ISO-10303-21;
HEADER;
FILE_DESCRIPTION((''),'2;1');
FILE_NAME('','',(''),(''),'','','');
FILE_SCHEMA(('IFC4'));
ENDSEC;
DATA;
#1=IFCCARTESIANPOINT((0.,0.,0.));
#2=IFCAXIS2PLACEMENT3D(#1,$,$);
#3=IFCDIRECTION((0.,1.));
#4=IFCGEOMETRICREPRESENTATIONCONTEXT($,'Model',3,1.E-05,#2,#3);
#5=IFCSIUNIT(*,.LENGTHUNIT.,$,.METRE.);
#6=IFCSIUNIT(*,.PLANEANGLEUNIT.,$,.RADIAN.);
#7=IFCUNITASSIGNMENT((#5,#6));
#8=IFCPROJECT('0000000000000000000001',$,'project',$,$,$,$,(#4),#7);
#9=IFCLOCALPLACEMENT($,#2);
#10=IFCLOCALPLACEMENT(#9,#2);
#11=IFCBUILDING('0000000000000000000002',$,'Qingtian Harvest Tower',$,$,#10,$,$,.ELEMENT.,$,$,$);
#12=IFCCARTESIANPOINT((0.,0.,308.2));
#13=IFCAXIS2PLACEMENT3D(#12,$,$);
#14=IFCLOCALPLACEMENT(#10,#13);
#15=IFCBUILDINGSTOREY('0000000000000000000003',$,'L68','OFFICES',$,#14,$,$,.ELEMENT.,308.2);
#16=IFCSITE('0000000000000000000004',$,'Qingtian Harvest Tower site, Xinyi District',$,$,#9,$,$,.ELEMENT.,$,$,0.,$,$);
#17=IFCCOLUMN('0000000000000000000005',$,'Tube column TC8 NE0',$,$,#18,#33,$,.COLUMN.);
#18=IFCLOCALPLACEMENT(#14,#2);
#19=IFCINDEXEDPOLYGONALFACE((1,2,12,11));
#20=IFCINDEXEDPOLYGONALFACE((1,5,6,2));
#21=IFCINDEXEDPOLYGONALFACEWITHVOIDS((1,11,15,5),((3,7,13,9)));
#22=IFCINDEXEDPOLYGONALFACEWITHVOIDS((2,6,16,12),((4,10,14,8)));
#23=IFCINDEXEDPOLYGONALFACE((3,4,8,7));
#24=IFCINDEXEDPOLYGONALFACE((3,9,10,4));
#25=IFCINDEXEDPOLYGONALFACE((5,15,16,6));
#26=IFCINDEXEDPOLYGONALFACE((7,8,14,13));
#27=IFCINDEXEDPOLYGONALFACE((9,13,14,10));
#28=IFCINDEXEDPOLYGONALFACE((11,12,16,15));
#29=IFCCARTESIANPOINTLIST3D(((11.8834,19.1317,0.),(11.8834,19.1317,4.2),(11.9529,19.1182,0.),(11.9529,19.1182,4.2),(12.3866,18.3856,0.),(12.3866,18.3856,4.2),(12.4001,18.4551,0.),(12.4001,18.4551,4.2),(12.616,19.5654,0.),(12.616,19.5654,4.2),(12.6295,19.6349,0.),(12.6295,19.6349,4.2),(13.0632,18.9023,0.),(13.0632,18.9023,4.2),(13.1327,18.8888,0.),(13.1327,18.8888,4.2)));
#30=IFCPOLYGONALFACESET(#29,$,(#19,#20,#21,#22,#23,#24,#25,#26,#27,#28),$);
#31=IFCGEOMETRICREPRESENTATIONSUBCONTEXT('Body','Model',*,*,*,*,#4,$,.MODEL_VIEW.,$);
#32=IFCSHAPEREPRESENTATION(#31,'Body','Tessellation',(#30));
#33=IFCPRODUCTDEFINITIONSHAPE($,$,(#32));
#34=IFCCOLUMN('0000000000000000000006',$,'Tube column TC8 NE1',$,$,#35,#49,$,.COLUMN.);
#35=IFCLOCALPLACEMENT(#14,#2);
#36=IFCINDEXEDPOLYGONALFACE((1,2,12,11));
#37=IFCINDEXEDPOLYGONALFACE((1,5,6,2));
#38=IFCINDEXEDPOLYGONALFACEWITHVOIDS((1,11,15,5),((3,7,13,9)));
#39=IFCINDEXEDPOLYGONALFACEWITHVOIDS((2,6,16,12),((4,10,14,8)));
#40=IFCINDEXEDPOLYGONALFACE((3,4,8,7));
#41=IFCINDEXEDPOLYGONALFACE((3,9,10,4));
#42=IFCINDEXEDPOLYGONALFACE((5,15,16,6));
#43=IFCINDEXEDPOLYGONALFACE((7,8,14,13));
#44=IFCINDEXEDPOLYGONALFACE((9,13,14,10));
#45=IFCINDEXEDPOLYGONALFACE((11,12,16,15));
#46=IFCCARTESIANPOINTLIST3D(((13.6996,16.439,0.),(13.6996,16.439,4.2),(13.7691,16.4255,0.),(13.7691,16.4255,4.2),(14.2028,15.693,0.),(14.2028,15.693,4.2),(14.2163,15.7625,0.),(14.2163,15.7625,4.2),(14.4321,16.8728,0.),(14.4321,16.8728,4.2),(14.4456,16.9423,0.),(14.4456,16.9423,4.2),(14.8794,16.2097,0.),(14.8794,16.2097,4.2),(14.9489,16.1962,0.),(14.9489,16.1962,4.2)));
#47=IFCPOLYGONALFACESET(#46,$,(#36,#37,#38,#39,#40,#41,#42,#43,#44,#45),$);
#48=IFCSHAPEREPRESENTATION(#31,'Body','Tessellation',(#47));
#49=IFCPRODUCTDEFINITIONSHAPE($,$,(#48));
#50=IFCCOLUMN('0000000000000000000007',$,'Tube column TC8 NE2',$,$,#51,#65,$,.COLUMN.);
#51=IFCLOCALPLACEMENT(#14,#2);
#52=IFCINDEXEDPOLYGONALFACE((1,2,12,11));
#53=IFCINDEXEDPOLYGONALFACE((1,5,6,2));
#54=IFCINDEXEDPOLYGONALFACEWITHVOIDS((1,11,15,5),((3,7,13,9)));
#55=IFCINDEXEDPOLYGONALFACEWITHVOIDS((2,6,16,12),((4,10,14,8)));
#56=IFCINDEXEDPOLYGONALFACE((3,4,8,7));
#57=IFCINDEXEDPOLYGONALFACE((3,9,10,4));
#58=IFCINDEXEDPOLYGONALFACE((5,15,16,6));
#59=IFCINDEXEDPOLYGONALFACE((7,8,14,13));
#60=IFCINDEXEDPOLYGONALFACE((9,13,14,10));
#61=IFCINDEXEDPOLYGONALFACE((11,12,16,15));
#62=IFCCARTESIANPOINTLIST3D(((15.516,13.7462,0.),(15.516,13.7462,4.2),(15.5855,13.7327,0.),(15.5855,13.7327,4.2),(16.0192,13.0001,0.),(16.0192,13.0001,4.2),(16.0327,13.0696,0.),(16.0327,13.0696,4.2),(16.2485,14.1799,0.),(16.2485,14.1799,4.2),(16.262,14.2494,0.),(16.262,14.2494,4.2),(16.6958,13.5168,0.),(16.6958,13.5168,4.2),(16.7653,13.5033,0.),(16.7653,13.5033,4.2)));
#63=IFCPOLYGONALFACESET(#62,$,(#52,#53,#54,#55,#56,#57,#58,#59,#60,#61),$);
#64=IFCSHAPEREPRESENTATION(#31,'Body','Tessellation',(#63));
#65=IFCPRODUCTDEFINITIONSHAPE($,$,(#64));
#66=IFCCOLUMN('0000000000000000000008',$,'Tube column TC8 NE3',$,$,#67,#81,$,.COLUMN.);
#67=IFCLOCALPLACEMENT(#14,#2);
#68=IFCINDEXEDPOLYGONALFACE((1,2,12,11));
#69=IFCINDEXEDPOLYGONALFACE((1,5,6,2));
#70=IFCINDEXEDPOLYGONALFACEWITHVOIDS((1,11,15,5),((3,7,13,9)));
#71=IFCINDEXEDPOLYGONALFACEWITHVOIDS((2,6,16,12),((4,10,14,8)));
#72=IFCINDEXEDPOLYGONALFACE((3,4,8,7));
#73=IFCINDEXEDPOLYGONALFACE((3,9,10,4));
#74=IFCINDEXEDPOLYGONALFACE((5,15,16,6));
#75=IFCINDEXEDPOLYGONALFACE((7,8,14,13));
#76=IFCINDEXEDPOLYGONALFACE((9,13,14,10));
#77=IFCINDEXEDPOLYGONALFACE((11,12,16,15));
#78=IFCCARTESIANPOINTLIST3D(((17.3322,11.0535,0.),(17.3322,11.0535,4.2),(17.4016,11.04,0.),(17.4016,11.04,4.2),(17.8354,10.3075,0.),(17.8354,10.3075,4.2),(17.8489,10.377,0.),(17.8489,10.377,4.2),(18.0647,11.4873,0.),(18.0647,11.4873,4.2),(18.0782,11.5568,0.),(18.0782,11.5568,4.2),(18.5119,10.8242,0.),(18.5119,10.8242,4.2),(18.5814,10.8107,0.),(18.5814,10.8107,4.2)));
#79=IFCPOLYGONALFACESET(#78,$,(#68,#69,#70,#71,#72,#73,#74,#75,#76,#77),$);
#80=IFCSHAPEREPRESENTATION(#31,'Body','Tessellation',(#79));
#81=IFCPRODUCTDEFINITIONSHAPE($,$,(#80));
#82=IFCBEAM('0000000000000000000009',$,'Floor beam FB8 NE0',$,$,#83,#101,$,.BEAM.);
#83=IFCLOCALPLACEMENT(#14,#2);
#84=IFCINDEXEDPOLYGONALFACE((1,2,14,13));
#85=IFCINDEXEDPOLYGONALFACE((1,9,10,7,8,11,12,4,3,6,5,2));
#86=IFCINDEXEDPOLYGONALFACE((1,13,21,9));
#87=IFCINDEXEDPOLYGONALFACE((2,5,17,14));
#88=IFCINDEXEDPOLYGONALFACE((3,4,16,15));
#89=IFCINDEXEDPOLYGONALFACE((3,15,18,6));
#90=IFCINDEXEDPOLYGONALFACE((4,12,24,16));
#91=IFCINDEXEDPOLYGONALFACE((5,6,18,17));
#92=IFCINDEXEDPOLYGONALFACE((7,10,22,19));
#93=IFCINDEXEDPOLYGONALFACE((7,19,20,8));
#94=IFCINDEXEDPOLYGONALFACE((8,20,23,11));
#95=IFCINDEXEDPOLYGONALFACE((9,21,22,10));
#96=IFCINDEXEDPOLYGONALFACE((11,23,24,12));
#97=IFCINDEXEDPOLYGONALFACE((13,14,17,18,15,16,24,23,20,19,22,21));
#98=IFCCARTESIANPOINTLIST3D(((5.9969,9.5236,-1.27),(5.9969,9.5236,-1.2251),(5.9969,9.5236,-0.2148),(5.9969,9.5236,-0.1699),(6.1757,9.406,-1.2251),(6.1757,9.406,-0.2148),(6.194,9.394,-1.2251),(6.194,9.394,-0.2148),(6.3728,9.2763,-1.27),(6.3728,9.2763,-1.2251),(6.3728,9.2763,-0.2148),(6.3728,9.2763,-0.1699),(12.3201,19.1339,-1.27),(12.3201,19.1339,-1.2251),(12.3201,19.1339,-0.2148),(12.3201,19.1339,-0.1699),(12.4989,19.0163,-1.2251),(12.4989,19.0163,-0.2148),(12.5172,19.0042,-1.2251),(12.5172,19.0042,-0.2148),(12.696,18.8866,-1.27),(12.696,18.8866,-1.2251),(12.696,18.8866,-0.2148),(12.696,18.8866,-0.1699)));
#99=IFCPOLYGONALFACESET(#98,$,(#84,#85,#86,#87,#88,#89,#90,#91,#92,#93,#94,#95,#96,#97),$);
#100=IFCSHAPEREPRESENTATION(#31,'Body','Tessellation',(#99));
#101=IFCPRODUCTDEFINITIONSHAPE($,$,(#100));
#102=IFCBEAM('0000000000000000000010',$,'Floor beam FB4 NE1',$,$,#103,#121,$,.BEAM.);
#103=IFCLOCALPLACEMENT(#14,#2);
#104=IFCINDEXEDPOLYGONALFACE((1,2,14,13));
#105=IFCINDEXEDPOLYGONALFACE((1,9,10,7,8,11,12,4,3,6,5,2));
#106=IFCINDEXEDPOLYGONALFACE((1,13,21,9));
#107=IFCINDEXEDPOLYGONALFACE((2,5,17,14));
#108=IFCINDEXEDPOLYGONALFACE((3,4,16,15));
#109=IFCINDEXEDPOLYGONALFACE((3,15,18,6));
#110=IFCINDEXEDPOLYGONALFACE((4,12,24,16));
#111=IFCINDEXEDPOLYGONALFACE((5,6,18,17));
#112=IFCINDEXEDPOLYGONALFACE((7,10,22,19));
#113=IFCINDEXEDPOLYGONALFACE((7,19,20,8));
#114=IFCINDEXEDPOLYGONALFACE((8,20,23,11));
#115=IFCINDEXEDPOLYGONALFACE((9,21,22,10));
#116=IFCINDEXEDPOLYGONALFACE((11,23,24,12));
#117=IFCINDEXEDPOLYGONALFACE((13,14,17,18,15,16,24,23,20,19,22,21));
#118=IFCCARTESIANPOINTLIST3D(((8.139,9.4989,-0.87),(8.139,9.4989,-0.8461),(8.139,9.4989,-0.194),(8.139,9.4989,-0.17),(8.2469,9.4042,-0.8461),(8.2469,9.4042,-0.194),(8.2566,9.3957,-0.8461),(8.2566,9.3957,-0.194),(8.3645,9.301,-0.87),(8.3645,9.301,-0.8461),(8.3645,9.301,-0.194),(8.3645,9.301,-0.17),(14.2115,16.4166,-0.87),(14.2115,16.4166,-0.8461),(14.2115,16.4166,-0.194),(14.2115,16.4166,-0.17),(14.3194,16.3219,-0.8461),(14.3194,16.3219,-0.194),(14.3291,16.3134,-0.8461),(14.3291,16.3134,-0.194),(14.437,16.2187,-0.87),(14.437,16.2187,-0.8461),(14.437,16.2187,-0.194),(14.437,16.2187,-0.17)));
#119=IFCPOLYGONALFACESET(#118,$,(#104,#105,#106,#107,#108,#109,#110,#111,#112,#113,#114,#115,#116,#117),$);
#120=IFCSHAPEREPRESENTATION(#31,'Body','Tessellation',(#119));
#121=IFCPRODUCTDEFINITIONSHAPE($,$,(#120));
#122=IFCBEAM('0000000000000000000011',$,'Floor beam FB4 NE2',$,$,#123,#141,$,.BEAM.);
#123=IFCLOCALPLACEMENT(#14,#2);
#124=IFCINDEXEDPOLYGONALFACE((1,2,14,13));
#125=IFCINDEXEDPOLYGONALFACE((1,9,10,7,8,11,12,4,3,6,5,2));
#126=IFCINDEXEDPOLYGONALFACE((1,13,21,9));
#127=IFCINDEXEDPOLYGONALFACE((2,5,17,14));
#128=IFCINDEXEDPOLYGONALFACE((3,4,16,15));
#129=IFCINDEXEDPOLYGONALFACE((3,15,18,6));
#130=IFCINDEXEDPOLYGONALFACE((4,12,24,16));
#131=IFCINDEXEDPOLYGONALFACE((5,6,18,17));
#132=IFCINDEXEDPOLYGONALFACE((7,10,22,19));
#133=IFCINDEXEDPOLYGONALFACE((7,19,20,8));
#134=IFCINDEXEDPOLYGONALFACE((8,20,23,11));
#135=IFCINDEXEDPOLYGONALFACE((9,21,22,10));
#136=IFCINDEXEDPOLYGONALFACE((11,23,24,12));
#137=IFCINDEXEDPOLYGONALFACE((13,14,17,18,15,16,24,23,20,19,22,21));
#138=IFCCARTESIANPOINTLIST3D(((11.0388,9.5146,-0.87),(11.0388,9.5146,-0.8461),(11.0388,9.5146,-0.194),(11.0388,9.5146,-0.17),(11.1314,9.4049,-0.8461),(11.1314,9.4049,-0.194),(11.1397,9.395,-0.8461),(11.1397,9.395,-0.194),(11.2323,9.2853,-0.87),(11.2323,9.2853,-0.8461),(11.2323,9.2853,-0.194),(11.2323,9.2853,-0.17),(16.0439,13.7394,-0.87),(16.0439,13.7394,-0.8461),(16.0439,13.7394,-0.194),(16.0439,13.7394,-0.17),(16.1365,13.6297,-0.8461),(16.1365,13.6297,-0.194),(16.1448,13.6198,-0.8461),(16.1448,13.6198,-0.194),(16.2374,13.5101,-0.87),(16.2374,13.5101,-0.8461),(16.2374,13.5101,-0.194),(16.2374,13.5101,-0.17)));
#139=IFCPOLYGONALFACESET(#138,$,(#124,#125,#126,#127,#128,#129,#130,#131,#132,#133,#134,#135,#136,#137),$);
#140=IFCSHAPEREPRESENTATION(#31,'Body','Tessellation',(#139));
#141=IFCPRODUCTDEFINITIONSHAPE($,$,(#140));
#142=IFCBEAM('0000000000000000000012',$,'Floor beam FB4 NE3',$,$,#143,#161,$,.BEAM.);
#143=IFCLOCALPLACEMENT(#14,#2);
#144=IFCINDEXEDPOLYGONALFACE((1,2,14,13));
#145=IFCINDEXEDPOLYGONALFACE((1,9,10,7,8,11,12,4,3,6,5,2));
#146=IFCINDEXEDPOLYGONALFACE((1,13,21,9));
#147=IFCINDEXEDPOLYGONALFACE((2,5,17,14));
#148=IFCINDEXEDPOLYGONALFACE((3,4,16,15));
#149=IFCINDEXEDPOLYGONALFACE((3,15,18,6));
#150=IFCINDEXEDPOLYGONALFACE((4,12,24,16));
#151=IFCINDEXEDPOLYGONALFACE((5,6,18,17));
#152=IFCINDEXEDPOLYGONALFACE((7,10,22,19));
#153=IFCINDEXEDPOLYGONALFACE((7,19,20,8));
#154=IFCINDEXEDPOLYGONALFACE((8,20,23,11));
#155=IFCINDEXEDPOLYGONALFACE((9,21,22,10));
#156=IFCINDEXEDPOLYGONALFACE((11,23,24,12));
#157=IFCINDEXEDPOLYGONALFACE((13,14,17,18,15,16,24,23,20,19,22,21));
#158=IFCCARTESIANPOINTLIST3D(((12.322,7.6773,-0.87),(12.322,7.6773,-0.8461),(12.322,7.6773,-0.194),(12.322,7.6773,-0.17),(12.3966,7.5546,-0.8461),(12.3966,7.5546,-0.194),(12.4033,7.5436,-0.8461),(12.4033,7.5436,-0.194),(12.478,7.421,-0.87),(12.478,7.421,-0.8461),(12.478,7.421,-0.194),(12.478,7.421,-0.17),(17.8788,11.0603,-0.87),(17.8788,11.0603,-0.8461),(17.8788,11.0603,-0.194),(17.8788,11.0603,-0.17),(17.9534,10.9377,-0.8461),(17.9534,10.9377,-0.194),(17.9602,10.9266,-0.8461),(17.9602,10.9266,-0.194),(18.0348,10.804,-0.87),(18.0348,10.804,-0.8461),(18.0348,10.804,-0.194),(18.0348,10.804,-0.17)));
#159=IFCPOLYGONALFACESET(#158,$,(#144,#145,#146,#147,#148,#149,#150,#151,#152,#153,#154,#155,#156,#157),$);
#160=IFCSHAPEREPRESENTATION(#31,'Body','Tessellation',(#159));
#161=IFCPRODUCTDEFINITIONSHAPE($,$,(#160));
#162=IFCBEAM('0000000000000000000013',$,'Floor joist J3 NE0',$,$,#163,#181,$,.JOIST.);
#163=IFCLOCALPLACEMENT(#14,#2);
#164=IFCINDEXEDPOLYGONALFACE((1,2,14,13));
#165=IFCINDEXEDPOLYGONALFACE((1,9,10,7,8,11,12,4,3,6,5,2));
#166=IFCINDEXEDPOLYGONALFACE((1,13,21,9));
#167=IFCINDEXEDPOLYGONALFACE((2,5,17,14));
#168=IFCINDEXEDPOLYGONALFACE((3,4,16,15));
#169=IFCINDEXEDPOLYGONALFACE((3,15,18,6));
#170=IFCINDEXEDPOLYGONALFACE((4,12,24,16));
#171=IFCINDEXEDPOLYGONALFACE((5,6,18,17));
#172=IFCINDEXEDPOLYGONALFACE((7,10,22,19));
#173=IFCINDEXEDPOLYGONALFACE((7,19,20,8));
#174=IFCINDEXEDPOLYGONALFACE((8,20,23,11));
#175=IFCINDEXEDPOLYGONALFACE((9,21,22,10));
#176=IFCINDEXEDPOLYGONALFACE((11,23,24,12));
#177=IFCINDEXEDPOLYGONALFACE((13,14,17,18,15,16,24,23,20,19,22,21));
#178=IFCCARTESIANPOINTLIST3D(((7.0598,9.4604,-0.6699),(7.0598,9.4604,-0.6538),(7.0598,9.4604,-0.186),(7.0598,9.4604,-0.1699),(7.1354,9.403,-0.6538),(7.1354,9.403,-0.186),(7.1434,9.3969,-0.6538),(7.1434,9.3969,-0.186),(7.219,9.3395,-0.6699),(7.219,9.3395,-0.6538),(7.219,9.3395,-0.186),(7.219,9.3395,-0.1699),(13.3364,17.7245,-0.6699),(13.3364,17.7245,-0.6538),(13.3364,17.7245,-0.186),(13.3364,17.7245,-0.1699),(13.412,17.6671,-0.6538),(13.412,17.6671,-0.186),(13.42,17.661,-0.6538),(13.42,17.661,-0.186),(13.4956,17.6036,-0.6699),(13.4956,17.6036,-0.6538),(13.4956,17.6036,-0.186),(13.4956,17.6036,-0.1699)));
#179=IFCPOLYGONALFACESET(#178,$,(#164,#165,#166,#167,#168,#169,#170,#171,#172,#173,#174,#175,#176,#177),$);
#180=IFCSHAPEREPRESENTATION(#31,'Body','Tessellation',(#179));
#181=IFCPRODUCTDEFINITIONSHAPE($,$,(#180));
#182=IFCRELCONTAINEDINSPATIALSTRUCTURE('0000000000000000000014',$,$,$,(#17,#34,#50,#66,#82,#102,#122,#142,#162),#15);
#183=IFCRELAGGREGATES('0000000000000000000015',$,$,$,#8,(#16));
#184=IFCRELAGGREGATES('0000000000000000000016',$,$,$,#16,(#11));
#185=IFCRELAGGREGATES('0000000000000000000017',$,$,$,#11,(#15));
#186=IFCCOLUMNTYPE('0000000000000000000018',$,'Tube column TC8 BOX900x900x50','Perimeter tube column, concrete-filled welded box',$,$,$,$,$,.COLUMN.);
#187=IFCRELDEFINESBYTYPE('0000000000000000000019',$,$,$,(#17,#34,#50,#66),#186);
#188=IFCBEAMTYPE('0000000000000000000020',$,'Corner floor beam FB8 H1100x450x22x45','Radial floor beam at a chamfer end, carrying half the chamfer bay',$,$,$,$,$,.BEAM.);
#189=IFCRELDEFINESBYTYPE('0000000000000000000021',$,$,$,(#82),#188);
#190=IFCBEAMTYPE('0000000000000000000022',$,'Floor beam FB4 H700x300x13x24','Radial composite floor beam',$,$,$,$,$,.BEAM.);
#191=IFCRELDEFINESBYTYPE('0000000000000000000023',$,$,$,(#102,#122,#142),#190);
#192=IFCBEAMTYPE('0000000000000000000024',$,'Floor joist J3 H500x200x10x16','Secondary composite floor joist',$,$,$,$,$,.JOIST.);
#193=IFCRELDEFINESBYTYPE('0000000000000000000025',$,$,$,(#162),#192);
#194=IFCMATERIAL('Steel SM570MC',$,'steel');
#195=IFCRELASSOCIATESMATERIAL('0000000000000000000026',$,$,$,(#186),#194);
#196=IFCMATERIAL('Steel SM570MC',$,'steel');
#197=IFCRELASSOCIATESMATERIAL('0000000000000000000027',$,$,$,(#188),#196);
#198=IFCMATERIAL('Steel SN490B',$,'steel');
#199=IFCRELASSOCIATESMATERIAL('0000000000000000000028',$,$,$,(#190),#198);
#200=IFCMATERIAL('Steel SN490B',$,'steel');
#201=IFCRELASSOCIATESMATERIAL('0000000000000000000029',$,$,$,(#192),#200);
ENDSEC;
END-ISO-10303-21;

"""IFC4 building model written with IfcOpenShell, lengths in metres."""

from ifc_helpers import new_model, si_unit, direction, frame, origin, origin_2d, place, context, subcontext, project, spatial, hollow_rectangle, i_section, extrude, material, material_profile, profile_set, type_object, element, save


model = new_model("IFC4")

# Units and contexts
model_context = context("Model", 3, precision=1e-05, world=origin(), true_north=direction((0.0, 1.0)))
body_context = subcontext(model_context, "Body", "Model", "MODEL_VIEW")
ifc_project = project(units=[si_unit("LENGTHUNIT", "METRE"), si_unit("PLANEANGLEUNIT", "RADIAN")], contexts=[model_context])

# Site, building, storey
site_placement = place(None, origin())
site = spatial("IfcSite", under=ifc_project, at=site_placement, Name="Qingtian Harvest Tower site, Xinyi District", CompositionType="ELEMENT", RefElevation=0.0)
building_placement = place(site_placement, origin())
building = spatial("IfcBuilding", under=site, at=building_placement, Name="Qingtian Harvest Tower", CompositionType="ELEMENT")
storey_placement = place(building_placement, frame((0.0, 0.0, 308.2)))
storey = spatial("IfcBuildingStorey", under=building, at=storey_placement, Name="L68", Description="OFFICES", CompositionType="ELEMENT", Elevation=308.2)

# Columns
ifc_material_1 = material(Name="Steel SM570MC", Category="steel")
ifc_material_profile_1 = material_profile(ifc_material_1, hollow_rectangle(XDim=0.8999, YDim=0.8999, WallThickness=0.05, at=origin_2d()), Name="BOX900x900x50")
ifc_profile_set_1 = profile_set([ifc_material_profile_1], Name="Steel SM570MC")
column_type = type_object("IfcColumnType", Name="Tube column TC8 BOX900x900x50", Description="Perimeter tube column, concrete-filled welded box", PredefinedType="COLUMN", material=ifc_profile_set_1)
for number, where, z_axis, x_axis, name in (
    (1, (12.5081, 19.0103, 0.0), (0.0, 0.0, 1.0), (-0.559193, 0.829038, 0.0), "Tube column TC8 NE0"),
    (2, (14.3242, 16.3176, 0.0), (0.0, 0.0, 1.0), (-0.559193, 0.829038, 0.0), "Tube column TC8 NE1"),
    (3, (16.1406, 13.6248, 0.0), (0.0, 0.0, 1.0), (-0.559193, 0.829038, 0.0), "Tube column TC8 NE2"),
    (4, (17.9568, 10.9321, 0.0), (0.0, 0.0, 1.0), (-0.559193, 0.829038, 0.0), "Tube column TC8 NE3"),
):
    element("IfcColumn", number, at=place(storey_placement, frame(where, z_axis=z_axis, x_axis=x_axis)), inside=storey, type_object=column_type, Name=name, PredefinedType="COLUMN", context=body_context, shape_type="SweptSolid", body=[
        extrude(hollow_rectangle(XDim=0.8999, YDim=0.8999, WallThickness=0.05, at=origin_2d()), origin(), (0.0, 0.0, 1.0), 4.2),
    ])

# Beams
ifc_material_2 = material(Name="Steel SM570MC", Category="steel")
ifc_material_profile_2 = material_profile(ifc_material_2, i_section(OverallWidth=0.45, OverallDepth=1.1001, WebThickness=0.022, FlangeThickness=0.0449, at=origin_2d()), Name="H1100x450x22x45")
ifc_profile_set_2 = profile_set([ifc_material_profile_2], Name="Steel SM570MC")
beam_type_1 = type_object("IfcBeamType", Name="Corner floor beam FB8 H1100x450x22x45", Description="Radial floor beam at a chamfer end, carrying half the chamfer bay", PredefinedType="BEAM", material=ifc_profile_set_2)
beam_1_placement = place(storey_placement, frame((12.5081, 19.0103, -0.72), z_axis=(-0.549655, -0.835391, 0.0), x_axis=(0.835391, -0.549655, 0.0)))
element("IfcBeam", 5, at=beam_1_placement, inside=storey, type_object=beam_type_1, Name="Floor beam FB8 NE0", PredefinedType="BEAM", context=body_context, shape_type="SweptSolid", body=[
    extrude(i_section(OverallWidth=0.45, OverallDepth=1.1001, WebThickness=0.022, FlangeThickness=0.0449, at=origin_2d()), origin(), (0.0, 0.0, 1.0), 11.5039),
])
ifc_material_3 = material(Name="Steel SN490B", Category="steel")
ifc_material_profile_3 = material_profile(ifc_material_3, i_section(OverallWidth=0.3, OverallDepth=0.7, WebThickness=0.0129, FlangeThickness=0.0239, at=origin_2d()), Name="H700x300x13x24")
ifc_profile_set_3 = profile_set([ifc_material_profile_3], Name="Steel SN490B")
beam_type_2 = type_object("IfcBeamType", Name="Floor beam FB4 H700x300x13x24", Description="Radial composite floor beam", PredefinedType="BEAM", material=ifc_profile_set_3)
beam_2_placement = place(storey_placement, frame((14.3242, 16.3176, -0.52), z_axis=(-0.659704, -0.751526, 0.0), x_axis=(0.751526, -0.659704, 0.0)))
element("IfcBeam", 6, at=beam_2_placement, inside=storey, type_object=beam_type_2, Name="Floor beam FB4 NE1", PredefinedType="BEAM", context=body_context, shape_type="SweptSolid", body=[
    extrude(i_section(OverallWidth=0.3, OverallDepth=0.7, WebThickness=0.0129, FlangeThickness=0.0239, at=origin_2d()), origin(), (0.0, 0.0, 1.0), 9.2048),
])
beam_3_placement = place(storey_placement, frame((16.1406, 13.6248, -0.52), z_axis=(-0.764158, -0.645029, 0.0), x_axis=(0.645029, -0.764158, 0.0)))
element("IfcBeam", 7, at=beam_3_placement, inside=storey, type_object=beam_type_2, Name="Floor beam FB4 NE2", PredefinedType="BEAM", context=body_context, shape_type="SweptSolid", body=[
    extrude(i_section(OverallWidth=0.3, OverallDepth=0.7, WebThickness=0.0129, FlangeThickness=0.0239, at=origin_2d()), origin(), (0.0, 0.0, 1.0), 6.5498),
])
beam_4_placement = place(storey_placement, frame((17.9568, 10.9321, -0.52), z_axis=(-0.854157, -0.520015, 0.0), x_axis=(0.520015, -0.854157, 0.0)))
element("IfcBeam", 8, at=beam_4_placement, inside=storey, type_object=beam_type_2, Name="Floor beam FB4 NE3", PredefinedType="BEAM", context=body_context, shape_type="SweptSolid", body=[
    extrude(i_section(OverallWidth=0.3, OverallDepth=0.7, WebThickness=0.0129, FlangeThickness=0.0239, at=origin_2d()), origin(), (0.0, 0.0, 1.0), 6.5056),
])
ifc_material_4 = material(Name="Steel SN490B", Category="steel")
ifc_material_profile_4 = material_profile(ifc_material_4, i_section(OverallWidth=0.2, OverallDepth=0.5, WebThickness=0.01, FlangeThickness=0.0161, at=origin_2d()), Name="H500x200x10x16")
ifc_profile_set_4 = profile_set([ifc_material_profile_4], Name="Steel SN490B")
beam_type_3 = type_object("IfcBeamType", Name="Floor joist J3 H500x200x10x16", Description="Secondary composite floor joist", PredefinedType="JOIST", material=ifc_profile_set_4)
beam_5_placement = place(storey_placement, frame((13.416, 17.6641, -0.4199), z_axis=(-0.60483, -0.796355, 0.0), x_axis=(0.796355, -0.60483, 0.0)))
element("IfcBeam", 9, at=beam_5_placement, inside=storey, type_object=beam_type_3, Name="Floor joist J3 NE0", PredefinedType="JOIST", context=body_context, shape_type="SweptSolid", body=[
    extrude(i_section(OverallWidth=0.2, OverallDepth=0.5, WebThickness=0.01, FlangeThickness=0.0161, at=origin_2d()), origin(), (0.0, 0.0, 1.0), 10.3774),
])

save(model, "model.ifc")
